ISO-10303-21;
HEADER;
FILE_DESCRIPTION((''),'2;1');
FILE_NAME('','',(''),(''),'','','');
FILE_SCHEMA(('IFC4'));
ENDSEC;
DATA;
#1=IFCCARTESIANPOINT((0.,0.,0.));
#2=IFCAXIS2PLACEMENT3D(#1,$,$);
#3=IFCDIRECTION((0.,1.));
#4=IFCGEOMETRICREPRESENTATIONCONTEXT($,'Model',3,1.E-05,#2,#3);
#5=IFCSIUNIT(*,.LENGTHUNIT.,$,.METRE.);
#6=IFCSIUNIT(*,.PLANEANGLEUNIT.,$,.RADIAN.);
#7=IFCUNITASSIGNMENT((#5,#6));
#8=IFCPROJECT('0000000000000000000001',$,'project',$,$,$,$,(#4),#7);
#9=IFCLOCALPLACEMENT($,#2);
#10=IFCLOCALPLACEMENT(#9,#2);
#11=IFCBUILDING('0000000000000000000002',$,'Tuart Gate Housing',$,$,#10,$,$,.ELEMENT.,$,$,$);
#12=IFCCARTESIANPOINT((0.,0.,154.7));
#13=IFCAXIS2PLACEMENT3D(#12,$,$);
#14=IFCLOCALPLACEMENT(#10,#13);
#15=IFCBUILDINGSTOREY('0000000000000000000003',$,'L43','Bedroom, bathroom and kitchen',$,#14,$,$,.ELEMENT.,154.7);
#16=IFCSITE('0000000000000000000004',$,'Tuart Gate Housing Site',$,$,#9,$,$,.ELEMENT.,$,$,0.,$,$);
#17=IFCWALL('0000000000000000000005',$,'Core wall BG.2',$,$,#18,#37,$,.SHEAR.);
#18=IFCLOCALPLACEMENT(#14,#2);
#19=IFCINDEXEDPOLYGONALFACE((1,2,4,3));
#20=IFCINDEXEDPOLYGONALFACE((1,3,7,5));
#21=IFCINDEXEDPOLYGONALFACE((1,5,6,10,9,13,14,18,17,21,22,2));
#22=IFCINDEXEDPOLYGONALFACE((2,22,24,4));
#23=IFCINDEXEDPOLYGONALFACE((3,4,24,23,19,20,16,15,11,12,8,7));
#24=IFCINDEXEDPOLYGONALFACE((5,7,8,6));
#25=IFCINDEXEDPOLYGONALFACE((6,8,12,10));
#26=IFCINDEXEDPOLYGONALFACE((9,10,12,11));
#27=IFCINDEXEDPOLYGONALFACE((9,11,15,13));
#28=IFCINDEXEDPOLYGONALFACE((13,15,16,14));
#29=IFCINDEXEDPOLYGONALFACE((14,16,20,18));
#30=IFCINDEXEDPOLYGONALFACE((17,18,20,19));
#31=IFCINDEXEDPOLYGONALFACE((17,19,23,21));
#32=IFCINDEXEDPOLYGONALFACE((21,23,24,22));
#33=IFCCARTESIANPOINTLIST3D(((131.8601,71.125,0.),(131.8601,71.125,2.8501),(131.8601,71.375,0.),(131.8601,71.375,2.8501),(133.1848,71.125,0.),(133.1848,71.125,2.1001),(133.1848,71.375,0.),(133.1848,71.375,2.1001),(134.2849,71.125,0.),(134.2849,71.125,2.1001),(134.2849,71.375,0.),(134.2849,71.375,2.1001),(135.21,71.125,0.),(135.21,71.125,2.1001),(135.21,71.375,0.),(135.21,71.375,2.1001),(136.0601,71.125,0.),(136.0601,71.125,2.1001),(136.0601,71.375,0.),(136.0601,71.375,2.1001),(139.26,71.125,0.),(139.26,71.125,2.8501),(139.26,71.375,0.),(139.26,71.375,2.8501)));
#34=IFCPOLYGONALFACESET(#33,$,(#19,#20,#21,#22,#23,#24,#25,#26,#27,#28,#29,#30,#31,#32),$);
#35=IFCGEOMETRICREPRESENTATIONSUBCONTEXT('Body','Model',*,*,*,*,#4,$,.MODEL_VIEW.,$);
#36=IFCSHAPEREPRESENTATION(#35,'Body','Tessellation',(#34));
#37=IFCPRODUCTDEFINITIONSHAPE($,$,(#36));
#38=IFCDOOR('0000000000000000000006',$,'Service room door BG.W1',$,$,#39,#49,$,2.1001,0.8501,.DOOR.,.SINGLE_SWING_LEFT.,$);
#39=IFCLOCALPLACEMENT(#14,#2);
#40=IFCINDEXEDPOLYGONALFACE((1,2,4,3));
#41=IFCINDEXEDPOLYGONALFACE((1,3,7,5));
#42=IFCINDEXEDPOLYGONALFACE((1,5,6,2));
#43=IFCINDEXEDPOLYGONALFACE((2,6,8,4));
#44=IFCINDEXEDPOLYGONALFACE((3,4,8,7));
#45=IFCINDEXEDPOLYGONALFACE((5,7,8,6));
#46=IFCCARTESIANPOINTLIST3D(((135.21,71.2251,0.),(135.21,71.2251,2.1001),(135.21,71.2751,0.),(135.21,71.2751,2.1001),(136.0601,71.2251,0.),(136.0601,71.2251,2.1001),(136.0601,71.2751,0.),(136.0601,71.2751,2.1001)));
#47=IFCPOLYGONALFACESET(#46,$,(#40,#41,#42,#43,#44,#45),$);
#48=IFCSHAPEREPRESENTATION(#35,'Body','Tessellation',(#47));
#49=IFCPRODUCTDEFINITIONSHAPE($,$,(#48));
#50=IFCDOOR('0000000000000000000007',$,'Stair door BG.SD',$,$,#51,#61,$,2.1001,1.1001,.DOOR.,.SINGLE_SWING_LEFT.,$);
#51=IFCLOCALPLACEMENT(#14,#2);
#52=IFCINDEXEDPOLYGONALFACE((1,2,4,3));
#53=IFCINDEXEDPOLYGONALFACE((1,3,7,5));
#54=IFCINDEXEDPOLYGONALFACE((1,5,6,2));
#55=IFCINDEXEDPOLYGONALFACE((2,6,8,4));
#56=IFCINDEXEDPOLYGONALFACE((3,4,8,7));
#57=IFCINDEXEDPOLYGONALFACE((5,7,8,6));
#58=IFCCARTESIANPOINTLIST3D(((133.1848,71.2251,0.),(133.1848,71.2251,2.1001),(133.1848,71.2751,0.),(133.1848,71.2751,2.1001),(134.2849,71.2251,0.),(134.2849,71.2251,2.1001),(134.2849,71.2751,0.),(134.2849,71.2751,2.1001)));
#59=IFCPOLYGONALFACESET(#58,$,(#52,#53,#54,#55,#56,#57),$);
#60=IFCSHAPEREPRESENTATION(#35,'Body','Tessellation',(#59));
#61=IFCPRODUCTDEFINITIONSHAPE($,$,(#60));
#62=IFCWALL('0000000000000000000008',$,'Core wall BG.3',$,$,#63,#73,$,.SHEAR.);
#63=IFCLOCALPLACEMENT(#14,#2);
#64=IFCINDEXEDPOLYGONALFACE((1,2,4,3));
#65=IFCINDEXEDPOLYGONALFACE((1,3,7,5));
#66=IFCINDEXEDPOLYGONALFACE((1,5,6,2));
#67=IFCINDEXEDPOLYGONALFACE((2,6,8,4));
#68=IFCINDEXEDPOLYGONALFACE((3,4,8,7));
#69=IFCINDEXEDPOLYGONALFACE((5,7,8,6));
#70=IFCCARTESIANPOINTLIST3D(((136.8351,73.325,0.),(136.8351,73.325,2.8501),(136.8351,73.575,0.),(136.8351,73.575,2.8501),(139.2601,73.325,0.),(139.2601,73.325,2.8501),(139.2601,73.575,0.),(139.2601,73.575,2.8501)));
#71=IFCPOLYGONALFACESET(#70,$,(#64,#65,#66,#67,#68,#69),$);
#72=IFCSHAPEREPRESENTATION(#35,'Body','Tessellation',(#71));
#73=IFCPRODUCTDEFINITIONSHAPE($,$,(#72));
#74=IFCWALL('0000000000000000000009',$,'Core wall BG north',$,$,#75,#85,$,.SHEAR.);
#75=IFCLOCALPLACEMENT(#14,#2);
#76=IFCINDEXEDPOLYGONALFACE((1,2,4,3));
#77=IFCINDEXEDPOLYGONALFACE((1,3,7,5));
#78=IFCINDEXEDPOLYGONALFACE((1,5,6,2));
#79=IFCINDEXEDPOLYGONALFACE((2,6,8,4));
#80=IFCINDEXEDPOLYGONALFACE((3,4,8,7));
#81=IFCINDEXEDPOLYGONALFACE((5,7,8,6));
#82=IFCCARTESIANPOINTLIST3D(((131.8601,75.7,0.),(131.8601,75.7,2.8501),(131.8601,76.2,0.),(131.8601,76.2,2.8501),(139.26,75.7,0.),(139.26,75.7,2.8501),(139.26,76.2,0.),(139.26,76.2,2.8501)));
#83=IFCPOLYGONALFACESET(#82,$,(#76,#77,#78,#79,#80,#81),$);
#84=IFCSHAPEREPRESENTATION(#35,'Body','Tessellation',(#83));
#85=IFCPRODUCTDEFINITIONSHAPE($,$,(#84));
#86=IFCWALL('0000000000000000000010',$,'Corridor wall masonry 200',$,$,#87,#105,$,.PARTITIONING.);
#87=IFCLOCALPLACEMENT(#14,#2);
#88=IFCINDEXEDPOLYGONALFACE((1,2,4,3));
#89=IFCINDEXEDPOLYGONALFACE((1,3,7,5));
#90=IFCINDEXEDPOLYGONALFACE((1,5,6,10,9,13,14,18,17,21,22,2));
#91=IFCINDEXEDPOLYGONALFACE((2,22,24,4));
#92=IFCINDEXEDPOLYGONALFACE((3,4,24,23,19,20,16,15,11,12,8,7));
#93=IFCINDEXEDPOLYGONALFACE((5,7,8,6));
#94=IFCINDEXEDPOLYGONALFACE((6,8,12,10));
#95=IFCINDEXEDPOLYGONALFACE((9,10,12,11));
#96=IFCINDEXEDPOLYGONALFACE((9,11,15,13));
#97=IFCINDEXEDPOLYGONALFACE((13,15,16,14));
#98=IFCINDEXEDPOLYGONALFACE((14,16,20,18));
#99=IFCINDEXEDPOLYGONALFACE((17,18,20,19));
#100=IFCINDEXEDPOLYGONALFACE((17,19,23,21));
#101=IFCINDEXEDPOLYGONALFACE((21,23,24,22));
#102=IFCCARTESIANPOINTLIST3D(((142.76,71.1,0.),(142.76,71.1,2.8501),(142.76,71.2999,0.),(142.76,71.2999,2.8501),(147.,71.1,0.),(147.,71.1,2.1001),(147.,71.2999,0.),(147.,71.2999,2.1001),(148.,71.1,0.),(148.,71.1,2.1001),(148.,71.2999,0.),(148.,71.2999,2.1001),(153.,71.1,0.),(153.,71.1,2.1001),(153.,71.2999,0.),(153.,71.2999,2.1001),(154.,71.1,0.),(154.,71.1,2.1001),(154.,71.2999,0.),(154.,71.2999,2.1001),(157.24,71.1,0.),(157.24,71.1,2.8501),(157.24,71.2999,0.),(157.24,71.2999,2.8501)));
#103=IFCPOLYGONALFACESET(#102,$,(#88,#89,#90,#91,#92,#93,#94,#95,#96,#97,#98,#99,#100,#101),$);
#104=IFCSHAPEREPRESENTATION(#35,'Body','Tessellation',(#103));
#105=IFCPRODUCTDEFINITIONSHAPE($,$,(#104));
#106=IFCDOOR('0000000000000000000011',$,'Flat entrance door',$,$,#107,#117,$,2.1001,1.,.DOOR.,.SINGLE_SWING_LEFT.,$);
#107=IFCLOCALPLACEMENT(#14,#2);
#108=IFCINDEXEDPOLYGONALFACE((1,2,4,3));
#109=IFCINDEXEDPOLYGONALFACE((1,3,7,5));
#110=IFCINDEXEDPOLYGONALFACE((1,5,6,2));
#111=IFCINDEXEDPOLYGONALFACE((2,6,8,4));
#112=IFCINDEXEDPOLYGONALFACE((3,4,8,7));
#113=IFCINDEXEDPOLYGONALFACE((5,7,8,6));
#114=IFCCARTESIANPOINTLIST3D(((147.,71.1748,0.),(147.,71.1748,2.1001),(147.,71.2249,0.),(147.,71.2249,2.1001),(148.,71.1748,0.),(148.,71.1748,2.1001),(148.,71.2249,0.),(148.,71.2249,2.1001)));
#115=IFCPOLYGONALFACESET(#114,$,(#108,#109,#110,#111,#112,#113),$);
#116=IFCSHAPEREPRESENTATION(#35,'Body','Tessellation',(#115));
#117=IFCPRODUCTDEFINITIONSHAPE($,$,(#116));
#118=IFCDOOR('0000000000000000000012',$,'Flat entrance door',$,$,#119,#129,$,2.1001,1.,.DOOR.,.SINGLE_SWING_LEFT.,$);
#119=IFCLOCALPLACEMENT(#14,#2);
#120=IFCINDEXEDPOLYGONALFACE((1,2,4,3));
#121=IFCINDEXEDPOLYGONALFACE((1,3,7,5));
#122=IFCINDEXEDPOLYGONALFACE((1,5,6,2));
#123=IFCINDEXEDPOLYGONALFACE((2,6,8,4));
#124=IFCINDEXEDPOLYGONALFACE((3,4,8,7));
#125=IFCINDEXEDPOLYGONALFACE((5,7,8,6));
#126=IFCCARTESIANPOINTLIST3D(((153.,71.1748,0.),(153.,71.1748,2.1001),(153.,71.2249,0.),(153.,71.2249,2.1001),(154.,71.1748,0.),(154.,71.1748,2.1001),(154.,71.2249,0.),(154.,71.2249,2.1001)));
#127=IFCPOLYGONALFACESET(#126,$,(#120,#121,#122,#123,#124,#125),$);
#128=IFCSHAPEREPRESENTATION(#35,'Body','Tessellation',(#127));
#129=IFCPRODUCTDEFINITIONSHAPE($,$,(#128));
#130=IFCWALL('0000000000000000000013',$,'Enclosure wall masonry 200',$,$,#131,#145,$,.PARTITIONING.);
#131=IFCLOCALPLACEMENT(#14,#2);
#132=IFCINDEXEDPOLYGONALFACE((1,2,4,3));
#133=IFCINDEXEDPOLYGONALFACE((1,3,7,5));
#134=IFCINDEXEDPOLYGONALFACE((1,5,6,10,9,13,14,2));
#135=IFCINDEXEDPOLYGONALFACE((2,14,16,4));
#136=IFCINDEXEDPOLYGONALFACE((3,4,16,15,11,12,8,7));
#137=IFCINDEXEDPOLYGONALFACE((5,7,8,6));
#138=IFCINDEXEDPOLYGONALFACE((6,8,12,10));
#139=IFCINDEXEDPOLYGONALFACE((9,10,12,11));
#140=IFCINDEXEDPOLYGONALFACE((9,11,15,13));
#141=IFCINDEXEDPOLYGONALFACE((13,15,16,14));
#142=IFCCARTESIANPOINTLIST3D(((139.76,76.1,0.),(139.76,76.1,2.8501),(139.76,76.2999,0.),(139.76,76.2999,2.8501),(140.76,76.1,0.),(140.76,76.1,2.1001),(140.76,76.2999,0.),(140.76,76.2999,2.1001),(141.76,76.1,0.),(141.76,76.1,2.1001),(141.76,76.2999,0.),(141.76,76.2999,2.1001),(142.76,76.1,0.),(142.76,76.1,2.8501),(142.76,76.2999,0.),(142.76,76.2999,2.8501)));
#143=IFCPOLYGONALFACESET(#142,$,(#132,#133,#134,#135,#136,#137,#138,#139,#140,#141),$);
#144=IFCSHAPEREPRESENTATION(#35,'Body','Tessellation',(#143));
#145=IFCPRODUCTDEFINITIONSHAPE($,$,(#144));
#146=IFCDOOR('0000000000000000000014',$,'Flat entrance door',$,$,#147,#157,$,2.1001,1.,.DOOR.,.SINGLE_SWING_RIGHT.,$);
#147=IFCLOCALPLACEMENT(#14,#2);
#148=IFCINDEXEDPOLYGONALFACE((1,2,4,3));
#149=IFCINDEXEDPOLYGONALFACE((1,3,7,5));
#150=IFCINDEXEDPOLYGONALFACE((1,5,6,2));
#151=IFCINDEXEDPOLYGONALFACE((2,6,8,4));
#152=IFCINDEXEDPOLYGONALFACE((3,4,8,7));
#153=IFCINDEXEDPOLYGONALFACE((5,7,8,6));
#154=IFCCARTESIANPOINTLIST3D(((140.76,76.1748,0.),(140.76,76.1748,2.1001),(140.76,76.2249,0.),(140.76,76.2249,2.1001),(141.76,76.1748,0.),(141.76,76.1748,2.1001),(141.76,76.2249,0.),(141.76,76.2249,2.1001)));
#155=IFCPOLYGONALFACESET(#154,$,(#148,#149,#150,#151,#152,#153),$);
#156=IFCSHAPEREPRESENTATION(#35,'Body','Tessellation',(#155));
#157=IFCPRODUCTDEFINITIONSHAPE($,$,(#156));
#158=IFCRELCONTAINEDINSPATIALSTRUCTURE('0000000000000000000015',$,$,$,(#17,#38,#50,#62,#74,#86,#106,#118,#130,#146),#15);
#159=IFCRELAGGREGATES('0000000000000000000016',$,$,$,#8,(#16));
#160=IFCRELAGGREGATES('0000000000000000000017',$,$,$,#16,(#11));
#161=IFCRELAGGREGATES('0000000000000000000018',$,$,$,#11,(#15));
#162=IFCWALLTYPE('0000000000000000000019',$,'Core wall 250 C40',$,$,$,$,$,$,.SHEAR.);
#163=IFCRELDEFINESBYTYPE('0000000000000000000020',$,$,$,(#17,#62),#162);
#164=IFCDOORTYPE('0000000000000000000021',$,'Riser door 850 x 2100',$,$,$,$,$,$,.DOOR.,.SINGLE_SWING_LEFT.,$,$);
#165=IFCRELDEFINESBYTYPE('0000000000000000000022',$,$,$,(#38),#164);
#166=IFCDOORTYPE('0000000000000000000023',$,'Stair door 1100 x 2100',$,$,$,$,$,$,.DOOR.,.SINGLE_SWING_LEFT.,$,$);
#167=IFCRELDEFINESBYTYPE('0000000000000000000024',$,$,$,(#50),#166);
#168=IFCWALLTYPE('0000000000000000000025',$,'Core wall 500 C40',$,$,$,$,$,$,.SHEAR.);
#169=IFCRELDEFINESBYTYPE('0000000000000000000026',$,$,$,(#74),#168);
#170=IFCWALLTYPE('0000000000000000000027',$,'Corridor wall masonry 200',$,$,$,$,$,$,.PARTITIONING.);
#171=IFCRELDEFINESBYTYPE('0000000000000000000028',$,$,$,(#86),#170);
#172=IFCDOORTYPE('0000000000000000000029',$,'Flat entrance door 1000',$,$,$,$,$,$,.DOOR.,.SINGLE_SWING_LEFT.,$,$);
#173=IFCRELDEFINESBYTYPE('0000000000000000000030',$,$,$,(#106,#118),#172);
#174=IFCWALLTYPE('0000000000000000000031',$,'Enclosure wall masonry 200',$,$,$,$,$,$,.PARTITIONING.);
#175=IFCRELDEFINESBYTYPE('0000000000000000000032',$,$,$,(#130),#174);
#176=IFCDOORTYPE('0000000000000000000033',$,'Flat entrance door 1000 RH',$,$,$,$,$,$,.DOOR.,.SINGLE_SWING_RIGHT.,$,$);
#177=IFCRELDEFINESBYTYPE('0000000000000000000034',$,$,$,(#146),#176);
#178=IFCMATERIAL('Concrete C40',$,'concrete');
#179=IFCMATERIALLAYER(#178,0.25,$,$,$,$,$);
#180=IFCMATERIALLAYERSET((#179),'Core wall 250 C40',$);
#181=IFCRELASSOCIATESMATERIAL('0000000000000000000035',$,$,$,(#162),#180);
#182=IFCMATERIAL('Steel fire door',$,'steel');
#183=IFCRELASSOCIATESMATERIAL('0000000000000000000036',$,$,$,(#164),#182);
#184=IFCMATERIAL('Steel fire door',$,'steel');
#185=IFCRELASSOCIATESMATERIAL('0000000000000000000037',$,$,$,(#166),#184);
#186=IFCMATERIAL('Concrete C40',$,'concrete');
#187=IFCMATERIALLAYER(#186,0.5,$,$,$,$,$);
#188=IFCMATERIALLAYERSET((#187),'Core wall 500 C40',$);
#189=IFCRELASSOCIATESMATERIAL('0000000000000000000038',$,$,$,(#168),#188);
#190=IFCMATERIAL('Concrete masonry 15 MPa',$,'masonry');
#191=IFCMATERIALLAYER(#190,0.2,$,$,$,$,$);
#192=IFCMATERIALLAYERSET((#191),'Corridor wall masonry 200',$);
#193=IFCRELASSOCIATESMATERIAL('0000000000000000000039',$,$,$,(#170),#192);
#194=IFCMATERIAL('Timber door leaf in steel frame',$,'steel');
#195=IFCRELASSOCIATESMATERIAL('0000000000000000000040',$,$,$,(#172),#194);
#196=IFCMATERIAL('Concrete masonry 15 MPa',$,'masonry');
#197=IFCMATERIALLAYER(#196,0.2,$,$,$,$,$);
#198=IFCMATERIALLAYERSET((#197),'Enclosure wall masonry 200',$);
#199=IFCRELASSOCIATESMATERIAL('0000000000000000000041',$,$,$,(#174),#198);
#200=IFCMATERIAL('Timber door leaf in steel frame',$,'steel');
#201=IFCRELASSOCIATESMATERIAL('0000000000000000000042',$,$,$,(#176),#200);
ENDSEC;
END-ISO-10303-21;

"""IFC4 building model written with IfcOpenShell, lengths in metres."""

from ifc_helpers import new_model, si_unit, direction, frame, frame_2d, origin, place, context, subcontext, project, spatial, rectangle, extrude, material, layer, layer_set, type_object, element, fill, save


model = new_model("IFC4")

# Units and contexts
model_context = context("Model", 3, precision=1e-05, world=origin(), true_north=direction((0.0, 1.0)))
body_context = subcontext(model_context, "Body", "Model", "MODEL_VIEW")
ifc_project = project(units=[si_unit("LENGTHUNIT", "METRE"), si_unit("PLANEANGLEUNIT", "RADIAN")], contexts=[model_context])

# Site, building, storey
site_placement = place(None, origin())
site = spatial("IfcSite", under=ifc_project, at=site_placement, Name="Tuart Gate Housing Site", CompositionType="ELEMENT", RefElevation=0.0)
building_placement = place(site_placement, origin())
building = spatial("IfcBuilding", under=site, at=building_placement, Name="Tuart Gate Housing", CompositionType="ELEMENT")
storey_placement = place(building_placement, frame((0.0, 0.0, 154.7)))
storey = spatial("IfcBuildingStorey", under=building, at=storey_placement, Name="L43", Description="Bedroom, bathroom and kitchen", CompositionType="ELEMENT", Elevation=154.7)

# Wall, openings, doors
ifc_material_1 = material(Name="Concrete C40", Category="concrete")
ifc_layer_1 = layer(ifc_material_1, 0.25)
ifc_layer_set_1 = layer_set([ifc_layer_1], Name="Core wall 250 C40")
wall_type_1 = type_object("IfcWallType", Name="Core wall 250 C40", PredefinedType="SHEAR", material=ifc_layer_set_1)
wall_1_placement = place(storey_placement, frame((139.26, 71.25, 0.0), z_axis=(0.0, 0.0, 1.0), x_axis=(-1.0, 0.0, 0.0)))
wall_1 = element("IfcWall", 1, at=wall_1_placement, inside=storey, type_object=wall_type_1, Name="Core wall BG.2", PredefinedType="SHEAR", context=body_context, shape_type="SweptSolid", body=[
    extrude(rectangle(XDim=7.3999, YDim=0.25, at=frame_2d((3.7, 0.0))), origin(), (0.0, 0.0, 1.0), 2.8501),
])
opening_1_placement = place(wall_1_placement, frame((4.9751, 0.0, 0.0)))
opening_1 = element("IfcOpeningElement", 2, at=opening_1_placement, cuts=wall_1, PredefinedType="OPENING", context=body_context, shape_type="SweptSolid", body=[
    extrude(rectangle(XDim=1.1001, YDim=2.1001, at=frame_2d((0.55, 1.05))), frame((0.0, 0.135, 0.0), z_axis=(0.0, -1.0, 0.0), x_axis=(1.0, 0.0, 0.0)), (0.0, 0.0, 1.0), 0.27),
])
opening_2_placement = place(wall_1_placement, frame((3.2, 0.0, 0.0)))
opening_2 = element("IfcOpeningElement", 3, at=opening_2_placement, cuts=wall_1, PredefinedType="OPENING", context=body_context, shape_type="SweptSolid", body=[
    extrude(rectangle(XDim=0.8501, YDim=2.1001, at=frame_2d((0.425, 1.05))), frame((0.0, 0.135, 0.0), z_axis=(0.0, -1.0, 0.0), x_axis=(1.0, 0.0, 0.0)), (0.0, 0.0, 1.0), 0.27),
])
ifc_material_2 = material(Name="Steel fire door", Category="steel")
door_type_1 = type_object("IfcDoorType", Name="Riser door 850 x 2100", OperationType="SINGLE_SWING_LEFT", PredefinedType="DOOR", material=ifc_material_2)
door_1_placement = place(opening_2_placement, origin())
door_1 = element("IfcDoor", 4, at=door_1_placement, inside=storey, type_object=door_type_1, Name="Service room door BG.W1", OperationType="SINGLE_SWING_LEFT", OverallHeight=2.1001, OverallWidth=0.8501, PredefinedType="DOOR", context=body_context, shape_type="SweptSolid", body=[
    extrude(rectangle(XDim=0.8501, YDim=2.1001, at=frame_2d((0.425, 1.05))), frame((0.0, 0.0249, 0.0), z_axis=(0.0, -1.0, 0.0), x_axis=(1.0, 0.0, 0.0)), (0.0, 0.0, 1.0), 0.05),
])
fill(opening_2, door_1)
ifc_material_3 = material(Name="Steel fire door", Category="steel")
door_type_2 = type_object("IfcDoorType", Name="Stair door 1100 x 2100", OperationType="SINGLE_SWING_LEFT", PredefinedType="DOOR", material=ifc_material_3)
door_2_placement = place(opening_1_placement, origin())
door_2 = element("IfcDoor", 5, at=door_2_placement, inside=storey, type_object=door_type_2, Name="Stair door BG.SD", OperationType="SINGLE_SWING_LEFT", OverallHeight=2.1001, OverallWidth=1.1001, PredefinedType="DOOR", context=body_context, shape_type="SweptSolid", body=[
    extrude(rectangle(XDim=1.1001, YDim=2.1001, at=frame_2d((0.55, 1.05))), frame((0.0, 0.0249, 0.0), z_axis=(0.0, -1.0, 0.0), x_axis=(1.0, 0.0, 0.0)), (0.0, 0.0, 1.0), 0.05),
])
fill(opening_1, door_2)

# Walls
wall_2_placement = place(storey_placement, frame((139.26, 73.45, 0.0), z_axis=(0.0, 0.0, 1.0), x_axis=(-1.0, 0.0, 0.0)))
element("IfcWall", 6, at=wall_2_placement, inside=storey, type_object=wall_type_1, Name="Core wall BG.3", PredefinedType="SHEAR", context=body_context, shape_type="SweptSolid", body=[
    extrude(rectangle(XDim=2.425, YDim=0.25, at=frame_2d((1.2124, 0.0))), origin(), (0.0, 0.0, 1.0), 2.8501),
])
ifc_material_4 = material(Name="Concrete C40", Category="concrete")
ifc_layer_2 = layer(ifc_material_4, 0.5)
ifc_layer_set_2 = layer_set([ifc_layer_2], Name="Core wall 500 C40")
wall_type_2 = type_object("IfcWallType", Name="Core wall 500 C40", PredefinedType="SHEAR", material=ifc_layer_set_2)
wall_3_placement = place(storey_placement, frame((139.26, 75.95, 0.0), z_axis=(0.0, 0.0, 1.0), x_axis=(-1.0, 0.0, 0.0)))
element("IfcWall", 7, at=wall_3_placement, inside=storey, type_object=wall_type_2, Name="Core wall BG north", PredefinedType="SHEAR", context=body_context, shape_type="SweptSolid", body=[
    extrude(rectangle(XDim=7.3999, YDim=0.5, at=frame_2d((3.7, 0.0))), origin(), (0.0, 0.0, 1.0), 2.8501),
])

# Wall, openings, doors
ifc_material_5 = material(Name="Concrete masonry 15 MPa", Category="masonry")
ifc_layer_3 = layer(ifc_material_5, 0.2)
ifc_layer_set_3 = layer_set([ifc_layer_3], Name="Corridor wall masonry 200")
wall_type_3 = type_object("IfcWallType", Name="Corridor wall masonry 200", PredefinedType="PARTITIONING", material=ifc_layer_set_3)
wall_4_placement = place(storey_placement, frame((142.76, 71.2, 0.0), z_axis=(0.0, 0.0, 1.0), x_axis=(1.0, 0.0, 0.0)))
wall_4 = element("IfcWall", 8, at=wall_4_placement, inside=storey, type_object=wall_type_3, Name="Corridor wall masonry 200", PredefinedType="PARTITIONING", context=body_context, shape_type="SweptSolid", body=[
    extrude(rectangle(XDim=14.48, YDim=0.2, at=frame_2d((7.24, 0.0))), origin(), (0.0, 0.0, 1.0), 2.8501),
])
opening_3_placement = place(wall_4_placement, frame((4.24, 0.0, 0.0)))
opening_3 = element("IfcOpeningElement", 9, at=opening_3_placement, cuts=wall_4, PredefinedType="OPENING", context=body_context, shape_type="SweptSolid", body=[
    extrude(rectangle(XDim=1.0, YDim=2.1001, at=frame_2d((0.5, 1.05))), frame((0.0, 0.1099, 0.0), z_axis=(0.0, -1.0, 0.0), x_axis=(1.0, 0.0, 0.0)), (0.0, 0.0, 1.0), 0.22),
])
opening_4_placement = place(wall_4_placement, frame((10.24, 0.0, 0.0)))
opening_4 = element("IfcOpeningElement", 10, at=opening_4_placement, cuts=wall_4, PredefinedType="OPENING", context=body_context, shape_type="SweptSolid", body=[
    extrude(rectangle(XDim=1.0, YDim=2.1001, at=frame_2d((0.5, 1.05))), frame((0.0, 0.1099, 0.0), z_axis=(0.0, -1.0, 0.0), x_axis=(1.0, 0.0, 0.0)), (0.0, 0.0, 1.0), 0.22),
])
ifc_material_6 = material(Name="Timber door leaf in steel frame", Category="steel")
door_type_3 = type_object("IfcDoorType", Name="Flat entrance door 1000", OperationType="SINGLE_SWING_LEFT", PredefinedType="DOOR", material=ifc_material_6)
door_3_placement = place(opening_3_placement, origin())
door_3 = element("IfcDoor", 11, at=door_3_placement, inside=storey, type_object=door_type_3, Name="Flat entrance door", OperationType="SINGLE_SWING_LEFT", OverallHeight=2.1001, OverallWidth=1.0, PredefinedType="DOOR", context=body_context, shape_type="SweptSolid", body=[
    extrude(rectangle(XDim=1.0, YDim=2.1001, at=frame_2d((0.5, 1.05))), frame((0.0, 0.0249, 0.0), z_axis=(0.0, -1.0, 0.0), x_axis=(1.0, 0.0, 0.0)), (0.0, 0.0, 1.0), 0.05),
])
fill(opening_3, door_3)
door_4_placement = place(opening_4_placement, origin())
door_4 = element("IfcDoor", 12, at=door_4_placement, inside=storey, type_object=door_type_3, Name="Flat entrance door", OperationType="SINGLE_SWING_LEFT", OverallHeight=2.1001, OverallWidth=1.0, PredefinedType="DOOR", context=body_context, shape_type="SweptSolid", body=[
    extrude(rectangle(XDim=1.0, YDim=2.1001, at=frame_2d((0.5, 1.05))), frame((0.0, 0.0249, 0.0), z_axis=(0.0, -1.0, 0.0), x_axis=(1.0, 0.0, 0.0)), (0.0, 0.0, 1.0), 0.05),
])
fill(opening_4, door_4)

# Wall, opening, door
ifc_material_7 = material(Name="Concrete masonry 15 MPa", Category="masonry")
ifc_layer_4 = layer(ifc_material_7, 0.2)
ifc_layer_set_4 = layer_set([ifc_layer_4], Name="Enclosure wall masonry 200")
wall_type_4 = type_object("IfcWallType", Name="Enclosure wall masonry 200", PredefinedType="PARTITIONING", material=ifc_layer_set_4)
wall_5_placement = place(storey_placement, frame((139.76, 76.2, 0.0), z_axis=(0.0, 0.0, 1.0), x_axis=(1.0, 0.0, 0.0)))
wall_5 = element("IfcWall", 13, at=wall_5_placement, inside=storey, type_object=wall_type_4, Name="Enclosure wall masonry 200", PredefinedType="PARTITIONING", context=body_context, shape_type="SweptSolid", body=[
    extrude(rectangle(XDim=3.0, YDim=0.2, at=frame_2d((1.5, 0.0))), origin(), (0.0, 0.0, 1.0), 2.8501),
])
opening_5_placement = place(wall_5_placement, frame((1.0, 0.0, 0.0)))
opening_5 = element("IfcOpeningElement", 14, at=opening_5_placement, cuts=wall_5, PredefinedType="OPENING", context=body_context, shape_type="SweptSolid", body=[
    extrude(rectangle(XDim=1.0, YDim=2.1001, at=frame_2d((0.5, 1.05))), frame((0.0, 0.1099, 0.0), z_axis=(0.0, -1.0, 0.0), x_axis=(1.0, 0.0, 0.0)), (0.0, 0.0, 1.0), 0.22),
])
ifc_material_8 = material(Name="Timber door leaf in steel frame", Category="steel")
door_type_4 = type_object("IfcDoorType", Name="Flat entrance door 1000 RH", OperationType="SINGLE_SWING_RIGHT", PredefinedType="DOOR", material=ifc_material_8)
door_5_placement = place(opening_5_placement, origin())
door_5 = element("IfcDoor", 15, at=door_5_placement, inside=storey, type_object=door_type_4, Name="Flat entrance door", OperationType="SINGLE_SWING_RIGHT", OverallHeight=2.1001, OverallWidth=1.0, PredefinedType="DOOR", context=body_context, shape_type="SweptSolid", body=[
    extrude(rectangle(XDim=1.0, YDim=2.1001, at=frame_2d((0.5, 1.05))), frame((0.0, 0.0249, 0.0), z_axis=(0.0, -1.0, 0.0), x_axis=(1.0, 0.0, 0.0)), (0.0, 0.0, 1.0), 0.05),
])
fill(opening_5, door_5)

save(model, "model.ifc")
